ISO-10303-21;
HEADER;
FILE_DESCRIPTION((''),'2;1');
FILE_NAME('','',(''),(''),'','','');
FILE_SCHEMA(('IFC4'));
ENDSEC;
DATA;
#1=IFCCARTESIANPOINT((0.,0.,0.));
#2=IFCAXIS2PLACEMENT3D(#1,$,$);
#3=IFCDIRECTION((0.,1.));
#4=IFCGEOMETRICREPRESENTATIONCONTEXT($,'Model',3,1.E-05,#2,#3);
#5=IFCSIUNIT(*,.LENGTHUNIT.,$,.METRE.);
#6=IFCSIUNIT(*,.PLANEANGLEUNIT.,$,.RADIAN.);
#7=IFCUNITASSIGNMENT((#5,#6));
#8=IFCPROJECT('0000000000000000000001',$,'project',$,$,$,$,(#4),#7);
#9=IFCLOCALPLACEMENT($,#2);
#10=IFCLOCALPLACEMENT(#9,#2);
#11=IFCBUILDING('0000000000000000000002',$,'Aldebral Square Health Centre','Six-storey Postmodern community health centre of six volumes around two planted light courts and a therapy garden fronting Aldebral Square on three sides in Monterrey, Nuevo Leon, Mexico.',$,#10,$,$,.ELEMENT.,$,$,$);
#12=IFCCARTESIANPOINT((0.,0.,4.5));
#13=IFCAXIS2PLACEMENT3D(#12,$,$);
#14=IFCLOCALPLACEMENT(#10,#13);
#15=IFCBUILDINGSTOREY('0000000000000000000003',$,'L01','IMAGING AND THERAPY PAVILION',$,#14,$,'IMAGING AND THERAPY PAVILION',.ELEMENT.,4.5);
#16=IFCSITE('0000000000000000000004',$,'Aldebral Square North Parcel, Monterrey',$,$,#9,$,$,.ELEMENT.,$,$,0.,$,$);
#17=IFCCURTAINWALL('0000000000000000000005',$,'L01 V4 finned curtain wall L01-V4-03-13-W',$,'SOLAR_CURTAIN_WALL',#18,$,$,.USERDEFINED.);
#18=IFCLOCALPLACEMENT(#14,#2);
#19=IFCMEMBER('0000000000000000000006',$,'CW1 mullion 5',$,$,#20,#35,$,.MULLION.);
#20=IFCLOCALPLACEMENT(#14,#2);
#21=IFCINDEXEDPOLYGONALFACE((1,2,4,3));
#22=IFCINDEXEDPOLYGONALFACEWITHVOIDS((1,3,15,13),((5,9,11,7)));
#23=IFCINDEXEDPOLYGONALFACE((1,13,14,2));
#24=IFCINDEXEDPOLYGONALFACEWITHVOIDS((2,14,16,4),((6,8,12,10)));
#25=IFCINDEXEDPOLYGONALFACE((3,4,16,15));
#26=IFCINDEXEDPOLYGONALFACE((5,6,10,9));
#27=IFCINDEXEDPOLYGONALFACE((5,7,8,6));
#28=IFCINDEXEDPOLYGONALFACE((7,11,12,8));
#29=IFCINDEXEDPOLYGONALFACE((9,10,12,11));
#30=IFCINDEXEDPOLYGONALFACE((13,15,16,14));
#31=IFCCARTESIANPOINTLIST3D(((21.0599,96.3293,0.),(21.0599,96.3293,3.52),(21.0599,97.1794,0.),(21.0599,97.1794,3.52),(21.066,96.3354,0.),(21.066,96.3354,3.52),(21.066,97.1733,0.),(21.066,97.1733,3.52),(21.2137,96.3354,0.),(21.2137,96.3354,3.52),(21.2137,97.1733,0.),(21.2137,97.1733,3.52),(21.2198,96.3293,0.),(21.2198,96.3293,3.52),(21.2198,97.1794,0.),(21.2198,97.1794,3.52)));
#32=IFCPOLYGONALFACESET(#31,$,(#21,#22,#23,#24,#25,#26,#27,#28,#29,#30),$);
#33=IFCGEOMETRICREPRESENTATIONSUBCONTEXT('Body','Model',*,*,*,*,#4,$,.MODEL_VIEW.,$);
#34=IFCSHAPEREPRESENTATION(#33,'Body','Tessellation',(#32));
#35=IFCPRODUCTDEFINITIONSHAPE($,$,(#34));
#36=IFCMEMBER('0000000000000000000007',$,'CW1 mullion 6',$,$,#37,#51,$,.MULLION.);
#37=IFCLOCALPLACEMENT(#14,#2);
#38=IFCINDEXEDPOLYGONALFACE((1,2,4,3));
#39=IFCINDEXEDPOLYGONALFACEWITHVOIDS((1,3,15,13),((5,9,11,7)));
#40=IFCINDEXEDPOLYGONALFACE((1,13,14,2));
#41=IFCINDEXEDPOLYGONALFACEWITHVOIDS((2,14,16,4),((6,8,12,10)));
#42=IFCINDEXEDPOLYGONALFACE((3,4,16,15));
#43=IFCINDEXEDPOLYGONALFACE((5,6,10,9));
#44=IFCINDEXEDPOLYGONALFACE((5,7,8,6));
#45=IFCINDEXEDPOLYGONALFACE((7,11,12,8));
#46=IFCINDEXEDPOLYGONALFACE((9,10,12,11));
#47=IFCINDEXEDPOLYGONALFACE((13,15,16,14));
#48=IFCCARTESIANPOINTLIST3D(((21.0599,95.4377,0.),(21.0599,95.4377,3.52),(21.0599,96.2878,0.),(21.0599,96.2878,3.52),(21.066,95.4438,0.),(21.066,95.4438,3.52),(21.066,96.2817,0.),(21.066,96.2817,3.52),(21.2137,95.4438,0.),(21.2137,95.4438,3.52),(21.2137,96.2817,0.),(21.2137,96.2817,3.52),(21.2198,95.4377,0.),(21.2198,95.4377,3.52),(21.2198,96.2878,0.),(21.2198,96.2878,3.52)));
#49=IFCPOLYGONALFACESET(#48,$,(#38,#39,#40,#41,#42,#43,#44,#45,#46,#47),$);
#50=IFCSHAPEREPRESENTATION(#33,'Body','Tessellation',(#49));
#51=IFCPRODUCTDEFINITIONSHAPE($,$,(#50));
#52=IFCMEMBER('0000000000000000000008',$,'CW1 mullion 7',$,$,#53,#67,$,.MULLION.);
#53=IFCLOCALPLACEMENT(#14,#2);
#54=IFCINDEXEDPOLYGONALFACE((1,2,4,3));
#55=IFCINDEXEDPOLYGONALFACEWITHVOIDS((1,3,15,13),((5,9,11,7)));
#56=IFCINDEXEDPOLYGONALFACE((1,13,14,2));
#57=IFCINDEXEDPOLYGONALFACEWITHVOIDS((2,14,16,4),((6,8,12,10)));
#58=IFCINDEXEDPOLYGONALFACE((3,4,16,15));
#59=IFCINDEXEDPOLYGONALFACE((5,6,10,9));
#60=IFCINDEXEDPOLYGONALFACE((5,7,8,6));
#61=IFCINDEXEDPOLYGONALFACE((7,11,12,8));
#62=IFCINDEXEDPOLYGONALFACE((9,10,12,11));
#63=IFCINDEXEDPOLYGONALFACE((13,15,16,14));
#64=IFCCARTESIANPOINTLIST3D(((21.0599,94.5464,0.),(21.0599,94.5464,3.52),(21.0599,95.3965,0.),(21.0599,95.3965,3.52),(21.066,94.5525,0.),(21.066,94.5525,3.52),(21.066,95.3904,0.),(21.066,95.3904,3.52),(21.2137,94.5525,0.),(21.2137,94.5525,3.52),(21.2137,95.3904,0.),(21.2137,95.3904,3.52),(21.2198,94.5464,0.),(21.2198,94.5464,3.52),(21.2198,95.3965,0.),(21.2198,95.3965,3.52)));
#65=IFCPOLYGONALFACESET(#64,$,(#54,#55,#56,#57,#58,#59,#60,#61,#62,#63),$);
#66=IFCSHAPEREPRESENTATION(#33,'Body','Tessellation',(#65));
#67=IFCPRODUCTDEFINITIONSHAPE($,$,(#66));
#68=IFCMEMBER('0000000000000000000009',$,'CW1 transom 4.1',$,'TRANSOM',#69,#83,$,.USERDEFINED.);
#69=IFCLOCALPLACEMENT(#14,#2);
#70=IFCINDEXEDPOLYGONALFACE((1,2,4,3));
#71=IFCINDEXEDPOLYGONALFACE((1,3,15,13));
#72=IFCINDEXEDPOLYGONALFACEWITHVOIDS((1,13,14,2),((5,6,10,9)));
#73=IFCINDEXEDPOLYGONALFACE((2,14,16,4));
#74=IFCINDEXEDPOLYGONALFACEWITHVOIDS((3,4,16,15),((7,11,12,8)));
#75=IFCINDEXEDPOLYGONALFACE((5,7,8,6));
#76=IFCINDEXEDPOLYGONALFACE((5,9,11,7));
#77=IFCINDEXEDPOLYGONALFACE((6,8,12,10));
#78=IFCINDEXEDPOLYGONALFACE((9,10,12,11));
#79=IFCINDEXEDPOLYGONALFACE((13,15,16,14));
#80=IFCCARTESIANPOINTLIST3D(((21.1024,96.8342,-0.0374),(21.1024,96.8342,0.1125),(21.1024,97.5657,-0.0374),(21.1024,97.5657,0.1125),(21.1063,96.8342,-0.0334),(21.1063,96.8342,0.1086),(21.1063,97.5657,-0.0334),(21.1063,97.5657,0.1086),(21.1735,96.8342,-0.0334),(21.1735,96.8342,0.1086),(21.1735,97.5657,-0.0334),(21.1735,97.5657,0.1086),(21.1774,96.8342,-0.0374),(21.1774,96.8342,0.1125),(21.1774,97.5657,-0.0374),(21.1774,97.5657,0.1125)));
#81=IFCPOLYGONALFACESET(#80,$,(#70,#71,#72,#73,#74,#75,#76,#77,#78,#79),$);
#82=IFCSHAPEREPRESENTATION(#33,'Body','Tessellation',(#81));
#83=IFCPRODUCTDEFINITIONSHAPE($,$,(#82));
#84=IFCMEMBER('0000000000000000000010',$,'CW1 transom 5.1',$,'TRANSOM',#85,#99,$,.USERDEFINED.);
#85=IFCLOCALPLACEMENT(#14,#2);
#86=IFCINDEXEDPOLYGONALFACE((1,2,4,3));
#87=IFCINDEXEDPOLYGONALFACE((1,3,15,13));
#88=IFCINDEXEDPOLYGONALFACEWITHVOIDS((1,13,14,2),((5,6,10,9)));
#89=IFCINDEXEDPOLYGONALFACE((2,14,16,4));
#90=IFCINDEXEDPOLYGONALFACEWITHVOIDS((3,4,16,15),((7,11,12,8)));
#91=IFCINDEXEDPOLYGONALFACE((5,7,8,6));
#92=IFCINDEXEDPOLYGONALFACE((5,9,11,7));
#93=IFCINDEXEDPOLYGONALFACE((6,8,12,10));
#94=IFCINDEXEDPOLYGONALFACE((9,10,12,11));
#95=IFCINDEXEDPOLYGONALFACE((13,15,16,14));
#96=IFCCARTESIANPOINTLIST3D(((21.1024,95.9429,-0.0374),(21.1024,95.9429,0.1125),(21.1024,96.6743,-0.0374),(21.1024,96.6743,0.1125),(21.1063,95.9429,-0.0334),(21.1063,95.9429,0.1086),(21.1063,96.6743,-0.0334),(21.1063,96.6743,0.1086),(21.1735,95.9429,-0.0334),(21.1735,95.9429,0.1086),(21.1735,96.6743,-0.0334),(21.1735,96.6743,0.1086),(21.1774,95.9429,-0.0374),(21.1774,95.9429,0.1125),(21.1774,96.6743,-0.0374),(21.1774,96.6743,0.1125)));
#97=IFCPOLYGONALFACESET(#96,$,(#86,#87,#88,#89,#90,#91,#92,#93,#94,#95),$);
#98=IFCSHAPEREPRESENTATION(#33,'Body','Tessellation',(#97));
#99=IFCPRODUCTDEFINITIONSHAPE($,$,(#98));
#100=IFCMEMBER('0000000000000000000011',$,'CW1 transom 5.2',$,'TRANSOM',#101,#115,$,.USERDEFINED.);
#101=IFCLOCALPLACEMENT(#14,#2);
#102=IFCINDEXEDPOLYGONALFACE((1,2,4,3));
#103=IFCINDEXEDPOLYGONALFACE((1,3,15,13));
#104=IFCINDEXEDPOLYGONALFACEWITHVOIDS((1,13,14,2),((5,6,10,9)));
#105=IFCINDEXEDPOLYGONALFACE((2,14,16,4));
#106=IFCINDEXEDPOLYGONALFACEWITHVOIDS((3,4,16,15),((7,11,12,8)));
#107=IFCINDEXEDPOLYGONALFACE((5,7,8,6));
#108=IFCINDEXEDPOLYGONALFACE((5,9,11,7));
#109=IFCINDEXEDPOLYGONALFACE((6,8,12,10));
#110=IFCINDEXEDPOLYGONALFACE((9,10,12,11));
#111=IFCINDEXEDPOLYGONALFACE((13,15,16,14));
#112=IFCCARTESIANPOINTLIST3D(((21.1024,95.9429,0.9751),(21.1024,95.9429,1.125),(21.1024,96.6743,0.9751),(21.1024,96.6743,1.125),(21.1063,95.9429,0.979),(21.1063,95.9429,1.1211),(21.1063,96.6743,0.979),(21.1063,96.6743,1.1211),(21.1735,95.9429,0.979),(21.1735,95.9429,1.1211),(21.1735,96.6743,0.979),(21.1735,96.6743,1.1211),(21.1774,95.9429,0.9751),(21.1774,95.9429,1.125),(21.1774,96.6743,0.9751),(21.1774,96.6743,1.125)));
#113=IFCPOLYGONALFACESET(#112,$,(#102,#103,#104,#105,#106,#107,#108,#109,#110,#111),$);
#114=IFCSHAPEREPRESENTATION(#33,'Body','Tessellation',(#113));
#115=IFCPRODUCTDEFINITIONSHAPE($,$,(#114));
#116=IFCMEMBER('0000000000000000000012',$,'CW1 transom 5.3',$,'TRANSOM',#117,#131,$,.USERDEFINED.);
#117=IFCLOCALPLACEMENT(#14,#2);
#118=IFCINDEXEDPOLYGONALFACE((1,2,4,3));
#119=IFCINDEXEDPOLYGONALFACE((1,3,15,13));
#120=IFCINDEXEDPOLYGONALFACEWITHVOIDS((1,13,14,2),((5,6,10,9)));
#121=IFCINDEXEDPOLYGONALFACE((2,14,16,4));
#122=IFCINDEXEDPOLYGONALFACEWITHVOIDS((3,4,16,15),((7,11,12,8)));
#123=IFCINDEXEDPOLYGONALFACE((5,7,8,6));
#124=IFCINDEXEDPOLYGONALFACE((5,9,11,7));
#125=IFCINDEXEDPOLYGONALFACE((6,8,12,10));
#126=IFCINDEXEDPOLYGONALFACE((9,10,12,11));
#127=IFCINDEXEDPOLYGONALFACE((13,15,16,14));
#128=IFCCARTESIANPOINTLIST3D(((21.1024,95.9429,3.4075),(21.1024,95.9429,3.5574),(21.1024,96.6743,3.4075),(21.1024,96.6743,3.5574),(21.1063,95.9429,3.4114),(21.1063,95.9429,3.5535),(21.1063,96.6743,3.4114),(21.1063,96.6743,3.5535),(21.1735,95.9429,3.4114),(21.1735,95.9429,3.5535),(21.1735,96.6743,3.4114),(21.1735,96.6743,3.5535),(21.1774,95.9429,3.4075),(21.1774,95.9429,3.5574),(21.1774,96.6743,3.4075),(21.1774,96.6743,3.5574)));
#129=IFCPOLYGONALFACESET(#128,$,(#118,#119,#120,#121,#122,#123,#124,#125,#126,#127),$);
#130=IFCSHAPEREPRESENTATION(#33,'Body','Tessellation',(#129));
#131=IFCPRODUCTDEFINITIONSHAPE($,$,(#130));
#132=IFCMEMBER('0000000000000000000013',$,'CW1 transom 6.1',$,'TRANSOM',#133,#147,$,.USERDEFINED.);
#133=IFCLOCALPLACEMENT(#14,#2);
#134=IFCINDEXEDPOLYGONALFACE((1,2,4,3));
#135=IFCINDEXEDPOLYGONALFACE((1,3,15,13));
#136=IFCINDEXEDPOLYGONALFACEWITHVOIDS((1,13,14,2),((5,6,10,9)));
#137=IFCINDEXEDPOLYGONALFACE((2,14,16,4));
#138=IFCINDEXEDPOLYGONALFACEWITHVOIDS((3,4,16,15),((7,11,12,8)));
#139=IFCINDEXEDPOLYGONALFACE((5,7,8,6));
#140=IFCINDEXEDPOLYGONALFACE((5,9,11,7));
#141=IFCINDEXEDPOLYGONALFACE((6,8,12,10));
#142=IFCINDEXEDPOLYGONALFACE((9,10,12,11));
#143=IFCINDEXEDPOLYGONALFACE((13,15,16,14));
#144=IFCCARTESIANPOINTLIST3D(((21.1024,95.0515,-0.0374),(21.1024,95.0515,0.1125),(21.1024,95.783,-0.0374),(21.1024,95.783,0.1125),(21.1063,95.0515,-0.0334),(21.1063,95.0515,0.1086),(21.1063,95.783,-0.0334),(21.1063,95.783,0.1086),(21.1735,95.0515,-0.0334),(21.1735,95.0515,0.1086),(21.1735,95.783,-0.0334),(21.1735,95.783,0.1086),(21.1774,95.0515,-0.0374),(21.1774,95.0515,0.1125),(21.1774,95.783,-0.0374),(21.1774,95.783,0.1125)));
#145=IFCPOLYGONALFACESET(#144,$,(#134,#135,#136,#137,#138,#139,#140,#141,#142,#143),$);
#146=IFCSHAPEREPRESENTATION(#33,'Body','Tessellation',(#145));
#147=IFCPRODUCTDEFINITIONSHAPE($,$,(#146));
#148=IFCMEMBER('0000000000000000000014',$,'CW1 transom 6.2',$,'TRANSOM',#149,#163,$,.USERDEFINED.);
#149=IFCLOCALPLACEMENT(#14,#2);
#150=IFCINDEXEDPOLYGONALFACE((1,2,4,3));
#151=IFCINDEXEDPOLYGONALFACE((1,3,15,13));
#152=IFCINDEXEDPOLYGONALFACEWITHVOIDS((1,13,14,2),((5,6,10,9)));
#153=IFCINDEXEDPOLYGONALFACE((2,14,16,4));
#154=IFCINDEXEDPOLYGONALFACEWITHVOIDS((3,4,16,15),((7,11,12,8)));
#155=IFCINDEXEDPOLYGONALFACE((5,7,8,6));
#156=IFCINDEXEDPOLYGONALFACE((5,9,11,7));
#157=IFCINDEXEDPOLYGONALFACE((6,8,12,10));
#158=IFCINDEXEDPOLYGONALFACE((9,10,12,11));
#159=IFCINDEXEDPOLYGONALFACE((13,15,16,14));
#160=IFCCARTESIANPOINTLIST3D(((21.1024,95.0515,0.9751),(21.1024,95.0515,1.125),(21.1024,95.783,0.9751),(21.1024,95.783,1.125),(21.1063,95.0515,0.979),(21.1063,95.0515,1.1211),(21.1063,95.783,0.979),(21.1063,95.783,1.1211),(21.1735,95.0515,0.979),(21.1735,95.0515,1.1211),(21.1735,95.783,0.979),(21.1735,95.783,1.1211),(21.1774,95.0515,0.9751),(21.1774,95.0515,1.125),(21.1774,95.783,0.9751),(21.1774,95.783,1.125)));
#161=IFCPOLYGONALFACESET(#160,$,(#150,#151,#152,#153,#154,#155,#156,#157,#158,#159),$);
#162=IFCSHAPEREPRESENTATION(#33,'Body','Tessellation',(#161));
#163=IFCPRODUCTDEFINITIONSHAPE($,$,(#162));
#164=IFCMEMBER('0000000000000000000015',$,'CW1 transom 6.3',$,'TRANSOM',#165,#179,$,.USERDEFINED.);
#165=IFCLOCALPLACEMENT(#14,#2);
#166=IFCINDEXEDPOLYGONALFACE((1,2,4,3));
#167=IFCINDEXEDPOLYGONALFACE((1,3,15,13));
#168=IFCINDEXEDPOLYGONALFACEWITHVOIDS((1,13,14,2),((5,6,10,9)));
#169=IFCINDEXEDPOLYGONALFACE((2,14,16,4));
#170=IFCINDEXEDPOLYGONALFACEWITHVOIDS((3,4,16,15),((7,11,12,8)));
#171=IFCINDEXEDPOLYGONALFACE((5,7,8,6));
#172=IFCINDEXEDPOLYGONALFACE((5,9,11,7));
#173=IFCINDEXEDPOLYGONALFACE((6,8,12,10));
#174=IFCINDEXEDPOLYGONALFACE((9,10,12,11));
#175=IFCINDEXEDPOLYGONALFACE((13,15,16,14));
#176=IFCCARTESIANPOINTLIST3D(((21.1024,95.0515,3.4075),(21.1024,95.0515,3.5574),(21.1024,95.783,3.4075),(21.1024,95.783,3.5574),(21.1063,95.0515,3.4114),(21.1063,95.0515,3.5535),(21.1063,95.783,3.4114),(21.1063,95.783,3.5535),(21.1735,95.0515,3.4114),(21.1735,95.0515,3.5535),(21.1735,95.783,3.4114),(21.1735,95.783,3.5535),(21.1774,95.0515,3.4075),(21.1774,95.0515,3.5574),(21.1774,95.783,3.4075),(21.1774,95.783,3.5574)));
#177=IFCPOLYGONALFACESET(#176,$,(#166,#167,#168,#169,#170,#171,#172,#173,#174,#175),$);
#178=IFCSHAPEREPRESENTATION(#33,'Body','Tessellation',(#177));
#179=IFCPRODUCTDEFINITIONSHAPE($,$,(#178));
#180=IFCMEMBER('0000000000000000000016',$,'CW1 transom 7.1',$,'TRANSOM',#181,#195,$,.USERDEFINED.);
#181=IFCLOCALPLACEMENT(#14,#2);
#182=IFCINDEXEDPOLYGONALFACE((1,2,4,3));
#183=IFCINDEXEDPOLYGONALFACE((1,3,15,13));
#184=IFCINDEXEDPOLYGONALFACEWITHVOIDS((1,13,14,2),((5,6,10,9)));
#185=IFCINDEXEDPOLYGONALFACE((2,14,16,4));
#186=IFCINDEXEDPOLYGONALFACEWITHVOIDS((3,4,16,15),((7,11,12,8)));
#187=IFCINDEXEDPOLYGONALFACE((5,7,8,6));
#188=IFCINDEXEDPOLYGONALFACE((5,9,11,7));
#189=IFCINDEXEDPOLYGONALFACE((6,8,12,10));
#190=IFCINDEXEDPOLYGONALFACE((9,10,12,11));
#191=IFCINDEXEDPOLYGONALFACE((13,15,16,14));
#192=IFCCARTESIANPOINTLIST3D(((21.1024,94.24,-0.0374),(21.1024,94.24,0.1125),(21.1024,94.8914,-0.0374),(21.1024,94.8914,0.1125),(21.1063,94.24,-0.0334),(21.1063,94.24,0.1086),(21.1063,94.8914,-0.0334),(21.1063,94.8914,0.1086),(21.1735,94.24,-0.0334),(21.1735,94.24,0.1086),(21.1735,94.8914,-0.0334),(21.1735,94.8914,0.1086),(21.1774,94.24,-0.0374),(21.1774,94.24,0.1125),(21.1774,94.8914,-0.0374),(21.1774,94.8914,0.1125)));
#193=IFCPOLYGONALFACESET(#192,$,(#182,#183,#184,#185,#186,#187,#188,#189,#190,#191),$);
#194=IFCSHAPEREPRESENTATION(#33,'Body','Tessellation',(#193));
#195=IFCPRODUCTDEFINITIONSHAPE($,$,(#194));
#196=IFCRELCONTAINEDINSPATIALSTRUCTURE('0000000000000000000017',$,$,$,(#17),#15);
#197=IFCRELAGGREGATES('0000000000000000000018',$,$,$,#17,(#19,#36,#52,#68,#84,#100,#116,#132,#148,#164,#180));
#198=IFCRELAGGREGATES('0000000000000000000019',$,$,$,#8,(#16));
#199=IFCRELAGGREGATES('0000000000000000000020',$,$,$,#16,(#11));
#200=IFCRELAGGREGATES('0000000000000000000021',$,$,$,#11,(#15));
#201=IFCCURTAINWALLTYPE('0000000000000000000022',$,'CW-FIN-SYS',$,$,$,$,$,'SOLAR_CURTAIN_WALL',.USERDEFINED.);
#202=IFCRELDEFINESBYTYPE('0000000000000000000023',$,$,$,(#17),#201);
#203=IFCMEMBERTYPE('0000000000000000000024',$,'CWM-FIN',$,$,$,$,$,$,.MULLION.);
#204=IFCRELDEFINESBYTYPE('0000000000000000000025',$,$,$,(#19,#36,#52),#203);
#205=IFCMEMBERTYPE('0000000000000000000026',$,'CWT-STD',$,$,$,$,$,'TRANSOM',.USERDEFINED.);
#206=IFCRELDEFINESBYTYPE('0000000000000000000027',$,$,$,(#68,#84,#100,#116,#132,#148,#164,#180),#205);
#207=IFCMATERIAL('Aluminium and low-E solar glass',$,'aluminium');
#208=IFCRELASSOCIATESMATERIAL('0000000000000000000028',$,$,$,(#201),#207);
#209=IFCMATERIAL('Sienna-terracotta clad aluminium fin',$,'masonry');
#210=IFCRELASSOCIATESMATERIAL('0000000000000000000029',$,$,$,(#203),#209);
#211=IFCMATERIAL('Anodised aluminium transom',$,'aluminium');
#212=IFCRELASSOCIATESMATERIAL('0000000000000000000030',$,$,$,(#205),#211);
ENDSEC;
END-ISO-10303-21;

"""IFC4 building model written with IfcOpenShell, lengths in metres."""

from ifc_helpers import new_model, si_unit, direction, frame, origin, origin_2d, place, context, subcontext, project, spatial, hollow_rectangle, extrude, material, material_profile, profile_set, type_object, element, aggregate, save


model = new_model("IFC4")

# Units and contexts
model_context = context("Model", 3, precision=1e-05, world=origin(), true_north=direction((0.0, 1.0)))
body_context = subcontext(model_context, "Body", "Model", "MODEL_VIEW")
ifc_project = project(units=[si_unit("LENGTHUNIT", "METRE"), si_unit("PLANEANGLEUNIT", "RADIAN")], contexts=[model_context])

# Site, building, storey
site_placement = place(None, origin())
site = spatial("IfcSite", under=ifc_project, at=site_placement, Name="Aldebral Square North Parcel, Monterrey", CompositionType="ELEMENT", RefElevation=0.0)
building_placement = place(site_placement, origin())
building = spatial("IfcBuilding", under=site, at=building_placement, Name="Aldebral Square Health Centre", Description="Six-storey Postmodern community health centre of six volumes around two planted light courts and a therapy garden fronting Aldebral Square on three sides in Monterrey, Nuevo Leon, Mexico.", CompositionType="ELEMENT")
storey_placement = place(building_placement, frame((0.0, 0.0, 4.5)))
storey = spatial("IfcBuildingStorey", under=building, at=storey_placement, Name="L01", Description="IMAGING AND THERAPY PAVILION", LongName="IMAGING AND THERAPY PAVILION", CompositionType="ELEMENT", Elevation=4.5)

# Curtain wall, members
ifc_material_1 = material(Name="Aluminium and low-E solar glass", Category="aluminium")
curtain_wall_type = type_object("IfcCurtainWallType", Name="CW-FIN-SYS", ElementType="SOLAR_CURTAIN_WALL", PredefinedType="USERDEFINED", material=ifc_material_1)
curtain_wall_placement = place(storey_placement, origin())
curtain_wall = element("IfcCurtainWall", 1, at=curtain_wall_placement, inside=storey, type_object=curtain_wall_type, Name="L01 V4 finned curtain wall L01-V4-03-13-W", ObjectType="SOLAR_CURTAIN_WALL", PredefinedType="USERDEFINED")
ifc_material_2 = material(Name="Sienna-terracotta clad aluminium fin", Category="masonry")
ifc_material_profile_1 = material_profile(ifc_material_2, hollow_rectangle(XDim=0.1599, YDim=0.8501, WallThickness=0.0061, at=origin_2d()), Name="FIN 160x850x6")
ifc_profile_set_1 = profile_set([ifc_material_profile_1], Name="Sienna-terracotta clad aluminium fin")
member_type_1 = type_object("IfcMemberType", Name="CWM-FIN", PredefinedType="MULLION", material=ifc_profile_set_1)
member_1_placement = place(storey_placement, frame((21.1399, 96.7544, 0.0), z_axis=(0.0, 0.0, 1.0), x_axis=(1.0, 0.0, 0.0)))
member_1 = element("IfcMember", 2, at=member_1_placement, type_object=member_type_1, Name="CW1 mullion 5", PredefinedType="MULLION", context=body_context, shape_type="SweptSolid", body=[
    extrude(hollow_rectangle(XDim=0.1599, YDim=0.8501, WallThickness=0.0061, at=origin_2d()), origin(), (0.0, 0.0, 1.0), 3.52),
])
member_2_placement = place(storey_placement, frame((21.1399, 95.8628, 0.0), z_axis=(0.0, 0.0, 1.0), x_axis=(1.0, 0.0, 0.0)))
member_2 = element("IfcMember", 3, at=member_2_placement, type_object=member_type_1, Name="CW1 mullion 6", PredefinedType="MULLION", context=body_context, shape_type="SweptSolid", body=[
    extrude(hollow_rectangle(XDim=0.1599, YDim=0.8501, WallThickness=0.0061, at=origin_2d()), origin(), (0.0, 0.0, 1.0), 3.52),
])
member_3_placement = place(storey_placement, frame((21.1399, 94.9714, 0.0), z_axis=(0.0, 0.0, 1.0), x_axis=(1.0, 0.0, 0.0)))
member_3 = element("IfcMember", 4, at=member_3_placement, type_object=member_type_1, Name="CW1 mullion 7", PredefinedType="MULLION", context=body_context, shape_type="SweptSolid", body=[
    extrude(hollow_rectangle(XDim=0.1599, YDim=0.8501, WallThickness=0.0061, at=origin_2d()), origin(), (0.0, 0.0, 1.0), 3.52),
])
ifc_material_3 = material(Name="Anodised aluminium transom", Category="aluminium")
ifc_material_profile_2 = material_profile(ifc_material_3, hollow_rectangle(XDim=0.075, YDim=0.1499, WallThickness=0.0039, at=origin_2d()), Name="CWT 75x150x4")
ifc_profile_set_2 = profile_set([ifc_material_profile_2], Name="Anodised aluminium transom")
member_type_2 = type_object("IfcMemberType", Name="CWT-STD", ElementType="TRANSOM", PredefinedType="USERDEFINED", material=ifc_profile_set_2)
member_4_placement = place(storey_placement, frame((21.1399, 97.5657, 0.0376), z_axis=(0.0, -1.0, 0.0), x_axis=(1.0, 0.0, 0.0)))
member_4 = element("IfcMember", 5, at=member_4_placement, type_object=member_type_2, Name="CW1 transom 4.1", ObjectType="TRANSOM", PredefinedType="USERDEFINED", context=body_context, shape_type="SweptSolid", body=[
    extrude(hollow_rectangle(XDim=0.075, YDim=0.1499, WallThickness=0.0039, at=origin_2d()), origin(), (0.0, 0.0, 1.0), 0.7314),
])
member_5_placement = place(storey_placement, frame((21.1399, 96.6743, 0.0376), z_axis=(0.0, -1.0, 0.0), x_axis=(1.0, 0.0, 0.0)))
member_5 = element("IfcMember", 6, at=member_5_placement, type_object=member_type_2, Name="CW1 transom 5.1", ObjectType="TRANSOM", PredefinedType="USERDEFINED", context=body_context, shape_type="SweptSolid", body=[
    extrude(hollow_rectangle(XDim=0.075, YDim=0.1499, WallThickness=0.0039, at=origin_2d()), origin(), (0.0, 0.0, 1.0), 0.7314),
])
member_6_placement = place(storey_placement, frame((21.1399, 96.6743, 1.05), z_axis=(0.0, -1.0, 0.0), x_axis=(1.0, 0.0, 0.0)))
member_6 = element("IfcMember", 7, at=member_6_placement, type_object=member_type_2, Name="CW1 transom 5.2", ObjectType="TRANSOM", PredefinedType="USERDEFINED", context=body_context, shape_type="SweptSolid", body=[
    extrude(hollow_rectangle(XDim=0.075, YDim=0.1499, WallThickness=0.0039, at=origin_2d()), origin(), (0.0, 0.0, 1.0), 0.7314),
])
member_7_placement = place(storey_placement, frame((21.1399, 96.6743, 3.4824), z_axis=(0.0, -1.0, 0.0), x_axis=(1.0, 0.0, 0.0)))
member_7 = element("IfcMember", 8, at=member_7_placement, type_object=member_type_2, Name="CW1 transom 5.3", ObjectType="TRANSOM", PredefinedType="USERDEFINED", context=body_context, shape_type="SweptSolid", body=[
    extrude(hollow_rectangle(XDim=0.075, YDim=0.1499, WallThickness=0.0039, at=origin_2d()), origin(), (0.0, 0.0, 1.0), 0.7314),
])
member_8_placement = place(storey_placement, frame((21.1399, 95.783, 0.0376), z_axis=(0.0, -1.0, 0.0), x_axis=(1.0, 0.0, 0.0)))
member_8 = element("IfcMember", 9, at=member_8_placement, type_object=member_type_2, Name="CW1 transom 6.1", ObjectType="TRANSOM", PredefinedType="USERDEFINED", context=body_context, shape_type="SweptSolid", body=[
    extrude(hollow_rectangle(XDim=0.075, YDim=0.1499, WallThickness=0.0039, at=origin_2d()), origin(), (0.0, 0.0, 1.0), 0.7314),
])
member_9_placement = place(storey_placement, frame((21.1399, 95.783, 1.05), z_axis=(0.0, -1.0, 0.0), x_axis=(1.0, 0.0, 0.0)))
member_9 = element("IfcMember", 10, at=member_9_placement, type_object=member_type_2, Name="CW1 transom 6.2", ObjectType="TRANSOM", PredefinedType="USERDEFINED", context=body_context, shape_type="SweptSolid", body=[
    extrude(hollow_rectangle(XDim=0.075, YDim=0.1499, WallThickness=0.0039, at=origin_2d()), origin(), (0.0, 0.0, 1.0), 0.7314),
])
member_10_placement = place(storey_placement, frame((21.1399, 95.783, 3.4824), z_axis=(0.0, -1.0, 0.0), x_axis=(1.0, 0.0, 0.0)))
member_10 = element("IfcMember", 11, at=member_10_placement, type_object=member_type_2, Name="CW1 transom 6.3", ObjectType="TRANSOM", PredefinedType="USERDEFINED", context=body_context, shape_type="SweptSolid", body=[
    extrude(hollow_rectangle(XDim=0.075, YDim=0.1499, WallThickness=0.0039, at=origin_2d()), origin(), (0.0, 0.0, 1.0), 0.7314),
])
member_11_placement = place(storey_placement, frame((21.1399, 94.8914, 0.0376), z_axis=(0.0, -1.0, 0.0), x_axis=(1.0, 0.0, 0.0)))
member_11 = element("IfcMember", 12, at=member_11_placement, type_object=member_type_2, Name="CW1 transom 7.1", ObjectType="TRANSOM", PredefinedType="USERDEFINED", context=body_context, shape_type="SweptSolid", body=[
    extrude(hollow_rectangle(XDim=0.075, YDim=0.1499, WallThickness=0.0039, at=origin_2d()), origin(), (0.0, 0.0, 1.0), 0.6514),
])
aggregate(curtain_wall, [member_1, member_2, member_3, member_4, member_5, member_6, member_7, member_8, member_9, member_10, member_11])

save(model, "model.ifc")
